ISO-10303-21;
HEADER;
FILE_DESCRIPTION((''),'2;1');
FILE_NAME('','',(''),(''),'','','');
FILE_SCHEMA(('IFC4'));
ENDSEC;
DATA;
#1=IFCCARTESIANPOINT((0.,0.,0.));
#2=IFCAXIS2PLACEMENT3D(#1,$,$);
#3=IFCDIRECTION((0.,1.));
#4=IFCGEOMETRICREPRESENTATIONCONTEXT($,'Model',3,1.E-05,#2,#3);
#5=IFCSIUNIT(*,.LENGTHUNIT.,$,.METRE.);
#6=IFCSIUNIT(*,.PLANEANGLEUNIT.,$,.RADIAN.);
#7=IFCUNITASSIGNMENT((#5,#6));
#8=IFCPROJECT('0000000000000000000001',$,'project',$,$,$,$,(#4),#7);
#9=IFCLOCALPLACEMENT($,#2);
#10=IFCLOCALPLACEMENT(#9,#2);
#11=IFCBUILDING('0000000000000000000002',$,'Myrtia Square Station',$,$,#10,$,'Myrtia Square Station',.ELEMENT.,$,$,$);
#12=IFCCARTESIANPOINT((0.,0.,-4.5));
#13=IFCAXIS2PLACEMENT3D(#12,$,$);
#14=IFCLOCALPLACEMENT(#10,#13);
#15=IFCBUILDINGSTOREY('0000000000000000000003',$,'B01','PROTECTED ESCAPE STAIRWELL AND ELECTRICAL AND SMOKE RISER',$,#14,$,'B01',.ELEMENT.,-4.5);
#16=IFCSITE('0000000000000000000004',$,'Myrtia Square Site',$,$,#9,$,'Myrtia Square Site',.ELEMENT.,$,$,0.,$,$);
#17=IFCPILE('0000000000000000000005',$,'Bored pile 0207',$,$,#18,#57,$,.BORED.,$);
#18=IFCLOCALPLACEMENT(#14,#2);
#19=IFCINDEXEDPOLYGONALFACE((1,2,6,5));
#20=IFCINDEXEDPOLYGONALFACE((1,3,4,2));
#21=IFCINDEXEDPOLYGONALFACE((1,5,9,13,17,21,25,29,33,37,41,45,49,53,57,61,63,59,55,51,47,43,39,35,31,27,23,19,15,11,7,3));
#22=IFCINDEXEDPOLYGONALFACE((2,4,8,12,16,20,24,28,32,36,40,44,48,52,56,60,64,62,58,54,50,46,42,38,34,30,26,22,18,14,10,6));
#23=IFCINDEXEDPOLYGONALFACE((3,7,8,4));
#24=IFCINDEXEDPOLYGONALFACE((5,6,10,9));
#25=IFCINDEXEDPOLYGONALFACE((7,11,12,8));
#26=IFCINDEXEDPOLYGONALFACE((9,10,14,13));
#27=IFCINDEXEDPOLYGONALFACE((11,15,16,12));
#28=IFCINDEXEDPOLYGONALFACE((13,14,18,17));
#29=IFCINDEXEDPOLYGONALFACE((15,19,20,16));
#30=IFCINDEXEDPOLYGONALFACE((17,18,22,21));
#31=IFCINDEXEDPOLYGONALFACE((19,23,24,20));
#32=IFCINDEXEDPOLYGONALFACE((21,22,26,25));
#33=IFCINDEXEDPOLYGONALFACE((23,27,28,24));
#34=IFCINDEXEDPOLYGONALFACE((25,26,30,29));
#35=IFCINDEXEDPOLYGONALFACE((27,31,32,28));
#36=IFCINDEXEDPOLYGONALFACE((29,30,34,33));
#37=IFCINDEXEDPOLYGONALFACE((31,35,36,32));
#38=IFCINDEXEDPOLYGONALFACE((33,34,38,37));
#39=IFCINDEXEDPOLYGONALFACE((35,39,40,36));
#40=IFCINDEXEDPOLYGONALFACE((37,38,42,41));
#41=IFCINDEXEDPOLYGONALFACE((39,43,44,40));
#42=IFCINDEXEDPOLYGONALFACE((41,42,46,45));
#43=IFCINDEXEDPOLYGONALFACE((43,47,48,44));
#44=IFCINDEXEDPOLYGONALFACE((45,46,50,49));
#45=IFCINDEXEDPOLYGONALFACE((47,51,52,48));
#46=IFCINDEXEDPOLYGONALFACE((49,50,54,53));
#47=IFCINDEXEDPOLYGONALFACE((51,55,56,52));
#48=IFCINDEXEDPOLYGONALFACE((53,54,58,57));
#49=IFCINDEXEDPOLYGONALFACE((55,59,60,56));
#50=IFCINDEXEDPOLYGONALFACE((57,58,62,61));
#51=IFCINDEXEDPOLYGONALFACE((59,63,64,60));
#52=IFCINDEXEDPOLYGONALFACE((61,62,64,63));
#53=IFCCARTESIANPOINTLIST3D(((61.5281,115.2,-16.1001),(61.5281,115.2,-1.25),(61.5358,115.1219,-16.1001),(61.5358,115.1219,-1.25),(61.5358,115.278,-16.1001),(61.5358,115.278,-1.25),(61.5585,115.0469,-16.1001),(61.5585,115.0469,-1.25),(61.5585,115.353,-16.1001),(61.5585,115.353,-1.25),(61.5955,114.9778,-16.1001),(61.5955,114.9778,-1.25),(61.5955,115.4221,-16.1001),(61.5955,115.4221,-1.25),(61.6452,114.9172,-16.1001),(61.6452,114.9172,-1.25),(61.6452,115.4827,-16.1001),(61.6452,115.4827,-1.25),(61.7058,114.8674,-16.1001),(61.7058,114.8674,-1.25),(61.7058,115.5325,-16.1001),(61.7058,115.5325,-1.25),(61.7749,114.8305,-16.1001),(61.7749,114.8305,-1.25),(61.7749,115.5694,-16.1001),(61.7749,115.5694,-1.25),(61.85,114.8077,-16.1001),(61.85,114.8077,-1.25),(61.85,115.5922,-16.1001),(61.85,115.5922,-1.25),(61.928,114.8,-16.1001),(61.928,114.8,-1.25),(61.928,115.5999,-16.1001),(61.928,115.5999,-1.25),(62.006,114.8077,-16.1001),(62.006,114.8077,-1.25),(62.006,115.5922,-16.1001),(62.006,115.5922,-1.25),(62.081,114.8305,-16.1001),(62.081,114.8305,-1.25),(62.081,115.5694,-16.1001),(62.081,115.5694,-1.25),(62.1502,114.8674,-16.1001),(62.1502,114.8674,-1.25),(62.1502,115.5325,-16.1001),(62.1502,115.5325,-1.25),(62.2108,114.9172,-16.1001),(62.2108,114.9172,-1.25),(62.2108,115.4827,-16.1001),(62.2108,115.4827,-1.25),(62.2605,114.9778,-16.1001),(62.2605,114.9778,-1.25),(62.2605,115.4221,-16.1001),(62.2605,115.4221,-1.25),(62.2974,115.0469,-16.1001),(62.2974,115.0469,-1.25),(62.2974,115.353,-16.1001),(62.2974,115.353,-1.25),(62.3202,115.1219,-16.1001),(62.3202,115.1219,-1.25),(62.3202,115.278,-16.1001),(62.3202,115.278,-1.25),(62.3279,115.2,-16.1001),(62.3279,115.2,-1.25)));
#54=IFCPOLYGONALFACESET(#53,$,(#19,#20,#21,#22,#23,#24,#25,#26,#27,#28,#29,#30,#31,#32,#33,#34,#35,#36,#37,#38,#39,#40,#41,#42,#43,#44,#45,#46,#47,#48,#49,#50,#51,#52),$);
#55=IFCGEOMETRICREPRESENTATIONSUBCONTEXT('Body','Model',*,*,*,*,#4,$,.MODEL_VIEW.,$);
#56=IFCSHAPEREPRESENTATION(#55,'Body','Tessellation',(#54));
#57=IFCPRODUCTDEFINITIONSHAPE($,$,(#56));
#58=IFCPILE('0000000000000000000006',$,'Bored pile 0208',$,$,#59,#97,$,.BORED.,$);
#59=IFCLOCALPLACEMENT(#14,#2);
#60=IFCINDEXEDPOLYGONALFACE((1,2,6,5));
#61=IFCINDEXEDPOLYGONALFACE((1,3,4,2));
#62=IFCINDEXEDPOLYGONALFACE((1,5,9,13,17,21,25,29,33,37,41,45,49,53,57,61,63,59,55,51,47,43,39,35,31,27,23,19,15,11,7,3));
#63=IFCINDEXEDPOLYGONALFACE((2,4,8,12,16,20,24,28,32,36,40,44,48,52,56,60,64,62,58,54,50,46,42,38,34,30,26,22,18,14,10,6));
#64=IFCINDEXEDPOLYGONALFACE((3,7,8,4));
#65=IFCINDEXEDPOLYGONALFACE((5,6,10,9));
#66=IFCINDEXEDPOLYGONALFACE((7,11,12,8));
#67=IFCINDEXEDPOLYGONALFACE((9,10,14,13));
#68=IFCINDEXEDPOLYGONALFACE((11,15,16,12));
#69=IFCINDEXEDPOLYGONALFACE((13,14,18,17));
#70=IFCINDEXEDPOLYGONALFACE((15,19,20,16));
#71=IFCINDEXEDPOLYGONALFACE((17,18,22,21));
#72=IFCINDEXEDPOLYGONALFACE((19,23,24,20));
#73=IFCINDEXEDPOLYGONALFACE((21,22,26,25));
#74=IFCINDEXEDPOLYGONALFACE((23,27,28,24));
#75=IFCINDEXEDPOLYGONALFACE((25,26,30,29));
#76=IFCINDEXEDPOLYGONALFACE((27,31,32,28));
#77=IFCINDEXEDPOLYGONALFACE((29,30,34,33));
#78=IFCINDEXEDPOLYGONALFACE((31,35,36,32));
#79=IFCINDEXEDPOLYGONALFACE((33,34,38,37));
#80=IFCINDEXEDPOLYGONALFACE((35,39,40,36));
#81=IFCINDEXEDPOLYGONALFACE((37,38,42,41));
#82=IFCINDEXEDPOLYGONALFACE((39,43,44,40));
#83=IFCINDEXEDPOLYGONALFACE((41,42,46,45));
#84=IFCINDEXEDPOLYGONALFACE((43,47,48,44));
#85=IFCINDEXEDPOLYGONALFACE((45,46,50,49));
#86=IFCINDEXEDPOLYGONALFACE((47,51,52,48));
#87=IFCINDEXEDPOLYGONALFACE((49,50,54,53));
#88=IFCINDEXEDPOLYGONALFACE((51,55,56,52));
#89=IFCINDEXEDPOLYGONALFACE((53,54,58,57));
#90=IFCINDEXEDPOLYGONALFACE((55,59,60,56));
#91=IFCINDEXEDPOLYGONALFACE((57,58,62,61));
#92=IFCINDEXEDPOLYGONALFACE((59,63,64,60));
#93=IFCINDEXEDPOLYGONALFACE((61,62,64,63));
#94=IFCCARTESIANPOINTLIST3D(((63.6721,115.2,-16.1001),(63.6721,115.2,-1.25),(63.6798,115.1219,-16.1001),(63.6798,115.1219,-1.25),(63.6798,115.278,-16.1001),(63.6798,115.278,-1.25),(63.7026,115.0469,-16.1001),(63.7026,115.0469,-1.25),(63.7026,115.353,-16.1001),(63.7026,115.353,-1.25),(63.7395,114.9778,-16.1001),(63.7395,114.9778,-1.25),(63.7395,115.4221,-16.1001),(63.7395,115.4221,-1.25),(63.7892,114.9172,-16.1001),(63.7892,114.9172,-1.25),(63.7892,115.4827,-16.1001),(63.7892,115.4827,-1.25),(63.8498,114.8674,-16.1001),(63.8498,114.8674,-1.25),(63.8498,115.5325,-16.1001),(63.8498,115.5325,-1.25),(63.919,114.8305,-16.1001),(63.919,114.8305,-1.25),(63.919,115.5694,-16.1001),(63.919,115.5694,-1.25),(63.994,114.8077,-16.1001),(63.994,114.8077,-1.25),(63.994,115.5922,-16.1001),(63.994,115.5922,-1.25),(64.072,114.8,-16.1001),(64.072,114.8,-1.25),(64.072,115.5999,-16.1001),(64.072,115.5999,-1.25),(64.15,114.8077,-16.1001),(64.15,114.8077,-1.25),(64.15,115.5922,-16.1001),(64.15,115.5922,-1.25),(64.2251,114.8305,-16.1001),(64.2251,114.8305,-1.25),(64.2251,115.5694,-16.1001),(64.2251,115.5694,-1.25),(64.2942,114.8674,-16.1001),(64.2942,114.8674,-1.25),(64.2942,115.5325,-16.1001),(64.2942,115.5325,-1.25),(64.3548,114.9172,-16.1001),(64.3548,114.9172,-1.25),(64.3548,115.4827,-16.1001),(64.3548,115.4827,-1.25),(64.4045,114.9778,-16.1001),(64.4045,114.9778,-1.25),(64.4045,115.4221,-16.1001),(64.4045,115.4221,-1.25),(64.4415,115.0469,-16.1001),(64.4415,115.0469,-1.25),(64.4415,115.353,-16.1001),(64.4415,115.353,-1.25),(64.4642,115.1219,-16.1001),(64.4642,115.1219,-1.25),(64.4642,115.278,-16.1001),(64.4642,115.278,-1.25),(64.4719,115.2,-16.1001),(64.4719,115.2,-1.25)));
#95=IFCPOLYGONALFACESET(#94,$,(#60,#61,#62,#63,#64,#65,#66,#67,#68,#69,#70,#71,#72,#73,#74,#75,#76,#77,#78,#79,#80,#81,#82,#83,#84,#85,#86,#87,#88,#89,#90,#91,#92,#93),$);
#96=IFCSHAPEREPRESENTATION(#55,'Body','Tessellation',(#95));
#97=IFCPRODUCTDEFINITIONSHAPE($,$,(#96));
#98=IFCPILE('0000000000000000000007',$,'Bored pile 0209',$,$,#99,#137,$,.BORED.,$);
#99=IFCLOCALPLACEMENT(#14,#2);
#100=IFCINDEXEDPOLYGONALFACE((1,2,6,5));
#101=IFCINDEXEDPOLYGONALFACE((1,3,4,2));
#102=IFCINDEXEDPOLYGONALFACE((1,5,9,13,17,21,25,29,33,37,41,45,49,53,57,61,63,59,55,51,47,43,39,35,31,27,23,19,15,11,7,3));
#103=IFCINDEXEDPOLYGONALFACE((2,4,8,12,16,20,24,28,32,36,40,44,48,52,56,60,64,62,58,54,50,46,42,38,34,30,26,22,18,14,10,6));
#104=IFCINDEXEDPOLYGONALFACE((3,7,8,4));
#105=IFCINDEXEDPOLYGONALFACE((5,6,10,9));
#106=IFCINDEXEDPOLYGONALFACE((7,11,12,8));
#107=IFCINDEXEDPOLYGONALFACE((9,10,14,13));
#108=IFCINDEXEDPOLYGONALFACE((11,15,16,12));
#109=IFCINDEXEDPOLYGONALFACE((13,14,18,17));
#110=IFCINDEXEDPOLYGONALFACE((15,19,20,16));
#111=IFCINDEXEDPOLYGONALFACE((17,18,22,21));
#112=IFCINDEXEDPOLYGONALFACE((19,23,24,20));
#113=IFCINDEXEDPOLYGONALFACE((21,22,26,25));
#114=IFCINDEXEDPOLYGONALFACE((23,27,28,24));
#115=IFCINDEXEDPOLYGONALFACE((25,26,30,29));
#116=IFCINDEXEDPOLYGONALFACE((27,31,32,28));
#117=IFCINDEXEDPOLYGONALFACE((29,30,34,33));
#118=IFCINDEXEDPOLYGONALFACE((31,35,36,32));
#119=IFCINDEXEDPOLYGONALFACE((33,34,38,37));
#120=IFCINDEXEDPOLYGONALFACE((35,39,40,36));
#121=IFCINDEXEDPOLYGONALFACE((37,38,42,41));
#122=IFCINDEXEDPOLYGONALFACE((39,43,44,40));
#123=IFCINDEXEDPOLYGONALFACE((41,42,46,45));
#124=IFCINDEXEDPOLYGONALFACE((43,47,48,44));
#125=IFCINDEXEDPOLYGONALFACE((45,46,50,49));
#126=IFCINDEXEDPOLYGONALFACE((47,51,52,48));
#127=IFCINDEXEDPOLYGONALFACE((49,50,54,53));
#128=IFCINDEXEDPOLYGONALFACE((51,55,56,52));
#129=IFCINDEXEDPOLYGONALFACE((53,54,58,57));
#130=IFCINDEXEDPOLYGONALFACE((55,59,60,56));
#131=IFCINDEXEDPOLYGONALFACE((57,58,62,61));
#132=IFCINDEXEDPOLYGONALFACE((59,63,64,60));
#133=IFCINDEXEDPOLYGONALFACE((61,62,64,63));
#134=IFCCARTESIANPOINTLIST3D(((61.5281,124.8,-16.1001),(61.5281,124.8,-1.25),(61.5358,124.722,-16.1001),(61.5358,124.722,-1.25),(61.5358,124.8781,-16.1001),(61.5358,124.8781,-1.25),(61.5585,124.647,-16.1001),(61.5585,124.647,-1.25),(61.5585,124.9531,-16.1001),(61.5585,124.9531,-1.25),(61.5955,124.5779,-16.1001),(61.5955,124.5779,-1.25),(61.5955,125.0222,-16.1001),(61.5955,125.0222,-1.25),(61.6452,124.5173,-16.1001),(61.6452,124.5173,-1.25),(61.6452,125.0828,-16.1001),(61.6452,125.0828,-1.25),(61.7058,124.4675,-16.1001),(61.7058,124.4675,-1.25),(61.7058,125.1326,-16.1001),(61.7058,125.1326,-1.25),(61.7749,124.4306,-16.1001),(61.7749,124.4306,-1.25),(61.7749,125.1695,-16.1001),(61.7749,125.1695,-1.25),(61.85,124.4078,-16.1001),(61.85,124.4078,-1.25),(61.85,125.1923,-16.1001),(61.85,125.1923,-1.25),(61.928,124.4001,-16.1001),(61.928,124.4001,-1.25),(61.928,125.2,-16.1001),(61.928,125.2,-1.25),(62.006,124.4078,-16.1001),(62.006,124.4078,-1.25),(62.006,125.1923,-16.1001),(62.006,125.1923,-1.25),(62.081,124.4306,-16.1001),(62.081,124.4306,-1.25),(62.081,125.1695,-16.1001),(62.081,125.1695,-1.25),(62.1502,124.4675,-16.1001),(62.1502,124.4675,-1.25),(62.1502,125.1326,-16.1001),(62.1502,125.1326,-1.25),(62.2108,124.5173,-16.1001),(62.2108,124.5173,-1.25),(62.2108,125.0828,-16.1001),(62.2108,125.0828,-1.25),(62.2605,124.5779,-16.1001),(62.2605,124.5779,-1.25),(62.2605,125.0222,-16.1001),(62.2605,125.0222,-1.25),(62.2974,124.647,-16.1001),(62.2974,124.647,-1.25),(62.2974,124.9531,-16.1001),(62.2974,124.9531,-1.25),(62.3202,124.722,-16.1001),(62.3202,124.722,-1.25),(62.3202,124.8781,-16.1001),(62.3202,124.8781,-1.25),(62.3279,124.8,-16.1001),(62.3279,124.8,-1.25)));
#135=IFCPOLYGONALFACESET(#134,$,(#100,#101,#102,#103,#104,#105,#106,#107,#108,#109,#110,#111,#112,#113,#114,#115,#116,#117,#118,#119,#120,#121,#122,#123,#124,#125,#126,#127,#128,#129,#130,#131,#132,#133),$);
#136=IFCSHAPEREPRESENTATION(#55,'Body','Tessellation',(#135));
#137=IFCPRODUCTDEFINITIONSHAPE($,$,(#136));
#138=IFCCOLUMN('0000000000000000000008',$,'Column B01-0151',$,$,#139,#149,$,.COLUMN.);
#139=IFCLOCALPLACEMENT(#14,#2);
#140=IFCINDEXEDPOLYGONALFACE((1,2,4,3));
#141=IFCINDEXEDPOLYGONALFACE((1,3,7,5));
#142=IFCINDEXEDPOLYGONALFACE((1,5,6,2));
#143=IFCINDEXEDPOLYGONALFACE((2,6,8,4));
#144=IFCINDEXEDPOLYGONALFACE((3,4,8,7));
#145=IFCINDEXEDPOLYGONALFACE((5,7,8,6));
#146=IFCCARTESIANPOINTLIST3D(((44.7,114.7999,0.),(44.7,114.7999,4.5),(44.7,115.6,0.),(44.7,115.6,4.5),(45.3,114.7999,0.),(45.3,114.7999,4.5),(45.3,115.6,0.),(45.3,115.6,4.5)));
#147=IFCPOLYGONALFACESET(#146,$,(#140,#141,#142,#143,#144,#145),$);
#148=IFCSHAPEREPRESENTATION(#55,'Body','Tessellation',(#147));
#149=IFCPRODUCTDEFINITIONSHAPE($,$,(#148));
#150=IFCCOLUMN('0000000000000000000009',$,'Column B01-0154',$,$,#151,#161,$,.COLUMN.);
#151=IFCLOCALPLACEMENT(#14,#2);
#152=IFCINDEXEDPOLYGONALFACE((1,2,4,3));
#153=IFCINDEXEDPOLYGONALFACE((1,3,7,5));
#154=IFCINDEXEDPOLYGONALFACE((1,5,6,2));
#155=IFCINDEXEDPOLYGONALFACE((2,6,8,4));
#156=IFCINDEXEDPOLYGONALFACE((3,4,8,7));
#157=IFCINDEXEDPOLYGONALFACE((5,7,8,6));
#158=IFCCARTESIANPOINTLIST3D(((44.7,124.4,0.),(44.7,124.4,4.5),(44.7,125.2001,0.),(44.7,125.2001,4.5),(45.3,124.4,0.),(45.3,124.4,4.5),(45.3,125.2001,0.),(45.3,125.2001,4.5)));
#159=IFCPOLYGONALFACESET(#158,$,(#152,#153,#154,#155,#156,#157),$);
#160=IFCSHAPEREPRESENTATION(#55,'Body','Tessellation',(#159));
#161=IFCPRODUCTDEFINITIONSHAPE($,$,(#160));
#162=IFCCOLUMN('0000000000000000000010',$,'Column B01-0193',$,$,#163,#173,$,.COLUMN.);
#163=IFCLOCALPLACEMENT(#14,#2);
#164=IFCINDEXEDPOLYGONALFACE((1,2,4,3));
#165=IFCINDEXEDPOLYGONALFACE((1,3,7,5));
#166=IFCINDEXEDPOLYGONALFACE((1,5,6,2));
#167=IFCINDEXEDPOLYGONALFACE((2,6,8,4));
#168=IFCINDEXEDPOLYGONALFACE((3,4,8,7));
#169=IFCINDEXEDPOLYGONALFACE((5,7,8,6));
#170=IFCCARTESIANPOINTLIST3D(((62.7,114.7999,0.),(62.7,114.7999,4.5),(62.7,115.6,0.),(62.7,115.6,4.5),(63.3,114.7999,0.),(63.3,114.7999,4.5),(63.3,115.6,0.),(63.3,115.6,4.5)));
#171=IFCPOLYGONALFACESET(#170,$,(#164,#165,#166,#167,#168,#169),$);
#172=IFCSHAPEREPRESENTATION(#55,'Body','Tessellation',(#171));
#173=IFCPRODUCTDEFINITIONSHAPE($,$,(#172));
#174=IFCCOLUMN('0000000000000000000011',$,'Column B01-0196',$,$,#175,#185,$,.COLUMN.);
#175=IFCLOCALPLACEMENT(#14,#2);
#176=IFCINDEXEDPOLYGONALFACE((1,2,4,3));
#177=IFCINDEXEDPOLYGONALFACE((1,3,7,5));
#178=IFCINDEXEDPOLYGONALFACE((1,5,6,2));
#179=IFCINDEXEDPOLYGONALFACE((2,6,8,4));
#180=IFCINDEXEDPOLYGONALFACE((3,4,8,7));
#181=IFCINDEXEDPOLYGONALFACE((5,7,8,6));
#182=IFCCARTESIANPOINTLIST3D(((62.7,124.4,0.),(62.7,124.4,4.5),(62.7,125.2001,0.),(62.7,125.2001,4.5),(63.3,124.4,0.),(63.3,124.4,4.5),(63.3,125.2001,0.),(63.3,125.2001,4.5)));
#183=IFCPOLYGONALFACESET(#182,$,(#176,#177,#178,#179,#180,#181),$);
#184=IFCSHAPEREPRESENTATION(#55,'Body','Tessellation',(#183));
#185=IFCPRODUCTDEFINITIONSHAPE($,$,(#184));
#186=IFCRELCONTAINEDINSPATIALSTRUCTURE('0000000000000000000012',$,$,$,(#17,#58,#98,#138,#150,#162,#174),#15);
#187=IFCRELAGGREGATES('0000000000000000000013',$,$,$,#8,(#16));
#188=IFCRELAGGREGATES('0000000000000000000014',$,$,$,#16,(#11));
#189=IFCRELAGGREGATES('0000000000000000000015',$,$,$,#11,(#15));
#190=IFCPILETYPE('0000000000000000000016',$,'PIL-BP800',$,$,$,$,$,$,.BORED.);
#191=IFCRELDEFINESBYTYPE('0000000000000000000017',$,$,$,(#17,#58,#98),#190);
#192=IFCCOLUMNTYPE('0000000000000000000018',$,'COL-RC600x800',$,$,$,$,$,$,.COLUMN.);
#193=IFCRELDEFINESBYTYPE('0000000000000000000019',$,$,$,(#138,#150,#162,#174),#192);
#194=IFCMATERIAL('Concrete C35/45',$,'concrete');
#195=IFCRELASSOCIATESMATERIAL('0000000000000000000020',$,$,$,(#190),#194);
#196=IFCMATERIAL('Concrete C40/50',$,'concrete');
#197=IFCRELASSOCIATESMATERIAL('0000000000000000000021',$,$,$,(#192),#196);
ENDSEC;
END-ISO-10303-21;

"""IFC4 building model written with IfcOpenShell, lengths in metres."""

from ifc_helpers import new_model, si_unit, direction, frame, origin, origin_2d, place, context, subcontext, project, spatial, rectangle, circle, extrude, material, material_profile, profile_set, type_object, element, save


model = new_model("IFC4")

# Units and contexts
model_context = context("Model", 3, precision=1e-05, world=origin(), true_north=direction((0.0, 1.0)))
body_context = subcontext(model_context, "Body", "Model", "MODEL_VIEW")
ifc_project = project(units=[si_unit("LENGTHUNIT", "METRE"), si_unit("PLANEANGLEUNIT", "RADIAN")], contexts=[model_context])

# Site, building, storey
site_placement = place(None, origin())
site = spatial("IfcSite", under=ifc_project, at=site_placement, Name="Myrtia Square Site", LongName="Myrtia Square Site", CompositionType="ELEMENT", RefElevation=0.0)
building_placement = place(site_placement, origin())
building = spatial("IfcBuilding", under=site, at=building_placement, Name="Myrtia Square Station", LongName="Myrtia Square Station", CompositionType="ELEMENT")
storey_placement = place(building_placement, frame((0.0, 0.0, -4.5)))
storey = spatial("IfcBuildingStorey", under=building, at=storey_placement, Name="B01", Description="PROTECTED ESCAPE STAIRWELL AND ELECTRICAL AND SMOKE RISER", LongName="B01", CompositionType="ELEMENT", Elevation=-4.5)

# Shared definitions
ifc_material_1 = material(Name="Concrete C35/45", Category="concrete")

# Piles
ifc_material_profile_1 = material_profile(ifc_material_1, circle(Radius=0.3999, at=origin_2d()), Name="BP D800")
ifc_profile_set_1 = profile_set([ifc_material_profile_1], Name="Concrete C35/45")
pile_type = type_object("IfcPileType", Name="PIL-BP800", PredefinedType="BORED", material=ifc_profile_set_1)
for number, where, z_axis, x_axis, name in (
    (1, (61.928, 115.2, -1.25), (0.0, 0.0, -1.0), (1.0, 0.0, 0.0), "Bored pile 0207"),
    (2, (64.072, 115.2, -1.25), (0.0, 0.0, -1.0), (1.0, 0.0, 0.0), "Bored pile 0208"),
    (3, (61.928, 124.8, -1.25), (0.0, 0.0, -1.0), (1.0, 0.0, 0.0), "Bored pile 0209"),
):
    element("IfcPile", number, at=place(storey_placement, frame(where, z_axis=z_axis, x_axis=x_axis)), inside=storey, type_object=pile_type, Name=name, PredefinedType="BORED", context=body_context, shape_type="SweptSolid", body=[
        extrude(circle(Radius=0.3999, at=origin_2d()), origin(), (0.0, 0.0, 1.0), 14.8501),
    ])

# Columns
ifc_material_2 = material(Name="Concrete C40/50", Category="concrete")
ifc_material_profile_2 = material_profile(ifc_material_2, rectangle(XDim=0.6001, YDim=0.8, at=origin_2d()), Name="RC 600x800")
ifc_profile_set_2 = profile_set([ifc_material_profile_2], Name="Concrete C40/50")
column_type = type_object("IfcColumnType", Name="COL-RC600x800", PredefinedType="COLUMN", material=ifc_profile_set_2)
for number, where, z_axis, x_axis, name in (
    (4, (45.0, 115.2, 0.0), (0.0, 0.0, 1.0), (1.0, 0.0, 0.0), "Column B01-0151"),
    (5, (45.0, 124.8, 0.0), (0.0, 0.0, 1.0), (1.0, 0.0, 0.0), "Column B01-0154"),
    (6, (63.0, 115.2, 0.0), (0.0, 0.0, 1.0), (1.0, 0.0, 0.0), "Column B01-0193"),
    (7, (63.0, 124.8, 0.0), (0.0, 0.0, 1.0), (1.0, 0.0, 0.0), "Column B01-0196"),
):
    element("IfcColumn", number, at=place(storey_placement, frame(where, z_axis=z_axis, x_axis=x_axis)), inside=storey, type_object=column_type, Name=name, PredefinedType="COLUMN", context=body_context, shape_type="SweptSolid", body=[
        extrude(rectangle(XDim=0.6001, YDim=0.8, at=origin_2d()), origin(), (0.0, 0.0, 1.0), 4.5),
    ])

save(model, "model.ifc")
